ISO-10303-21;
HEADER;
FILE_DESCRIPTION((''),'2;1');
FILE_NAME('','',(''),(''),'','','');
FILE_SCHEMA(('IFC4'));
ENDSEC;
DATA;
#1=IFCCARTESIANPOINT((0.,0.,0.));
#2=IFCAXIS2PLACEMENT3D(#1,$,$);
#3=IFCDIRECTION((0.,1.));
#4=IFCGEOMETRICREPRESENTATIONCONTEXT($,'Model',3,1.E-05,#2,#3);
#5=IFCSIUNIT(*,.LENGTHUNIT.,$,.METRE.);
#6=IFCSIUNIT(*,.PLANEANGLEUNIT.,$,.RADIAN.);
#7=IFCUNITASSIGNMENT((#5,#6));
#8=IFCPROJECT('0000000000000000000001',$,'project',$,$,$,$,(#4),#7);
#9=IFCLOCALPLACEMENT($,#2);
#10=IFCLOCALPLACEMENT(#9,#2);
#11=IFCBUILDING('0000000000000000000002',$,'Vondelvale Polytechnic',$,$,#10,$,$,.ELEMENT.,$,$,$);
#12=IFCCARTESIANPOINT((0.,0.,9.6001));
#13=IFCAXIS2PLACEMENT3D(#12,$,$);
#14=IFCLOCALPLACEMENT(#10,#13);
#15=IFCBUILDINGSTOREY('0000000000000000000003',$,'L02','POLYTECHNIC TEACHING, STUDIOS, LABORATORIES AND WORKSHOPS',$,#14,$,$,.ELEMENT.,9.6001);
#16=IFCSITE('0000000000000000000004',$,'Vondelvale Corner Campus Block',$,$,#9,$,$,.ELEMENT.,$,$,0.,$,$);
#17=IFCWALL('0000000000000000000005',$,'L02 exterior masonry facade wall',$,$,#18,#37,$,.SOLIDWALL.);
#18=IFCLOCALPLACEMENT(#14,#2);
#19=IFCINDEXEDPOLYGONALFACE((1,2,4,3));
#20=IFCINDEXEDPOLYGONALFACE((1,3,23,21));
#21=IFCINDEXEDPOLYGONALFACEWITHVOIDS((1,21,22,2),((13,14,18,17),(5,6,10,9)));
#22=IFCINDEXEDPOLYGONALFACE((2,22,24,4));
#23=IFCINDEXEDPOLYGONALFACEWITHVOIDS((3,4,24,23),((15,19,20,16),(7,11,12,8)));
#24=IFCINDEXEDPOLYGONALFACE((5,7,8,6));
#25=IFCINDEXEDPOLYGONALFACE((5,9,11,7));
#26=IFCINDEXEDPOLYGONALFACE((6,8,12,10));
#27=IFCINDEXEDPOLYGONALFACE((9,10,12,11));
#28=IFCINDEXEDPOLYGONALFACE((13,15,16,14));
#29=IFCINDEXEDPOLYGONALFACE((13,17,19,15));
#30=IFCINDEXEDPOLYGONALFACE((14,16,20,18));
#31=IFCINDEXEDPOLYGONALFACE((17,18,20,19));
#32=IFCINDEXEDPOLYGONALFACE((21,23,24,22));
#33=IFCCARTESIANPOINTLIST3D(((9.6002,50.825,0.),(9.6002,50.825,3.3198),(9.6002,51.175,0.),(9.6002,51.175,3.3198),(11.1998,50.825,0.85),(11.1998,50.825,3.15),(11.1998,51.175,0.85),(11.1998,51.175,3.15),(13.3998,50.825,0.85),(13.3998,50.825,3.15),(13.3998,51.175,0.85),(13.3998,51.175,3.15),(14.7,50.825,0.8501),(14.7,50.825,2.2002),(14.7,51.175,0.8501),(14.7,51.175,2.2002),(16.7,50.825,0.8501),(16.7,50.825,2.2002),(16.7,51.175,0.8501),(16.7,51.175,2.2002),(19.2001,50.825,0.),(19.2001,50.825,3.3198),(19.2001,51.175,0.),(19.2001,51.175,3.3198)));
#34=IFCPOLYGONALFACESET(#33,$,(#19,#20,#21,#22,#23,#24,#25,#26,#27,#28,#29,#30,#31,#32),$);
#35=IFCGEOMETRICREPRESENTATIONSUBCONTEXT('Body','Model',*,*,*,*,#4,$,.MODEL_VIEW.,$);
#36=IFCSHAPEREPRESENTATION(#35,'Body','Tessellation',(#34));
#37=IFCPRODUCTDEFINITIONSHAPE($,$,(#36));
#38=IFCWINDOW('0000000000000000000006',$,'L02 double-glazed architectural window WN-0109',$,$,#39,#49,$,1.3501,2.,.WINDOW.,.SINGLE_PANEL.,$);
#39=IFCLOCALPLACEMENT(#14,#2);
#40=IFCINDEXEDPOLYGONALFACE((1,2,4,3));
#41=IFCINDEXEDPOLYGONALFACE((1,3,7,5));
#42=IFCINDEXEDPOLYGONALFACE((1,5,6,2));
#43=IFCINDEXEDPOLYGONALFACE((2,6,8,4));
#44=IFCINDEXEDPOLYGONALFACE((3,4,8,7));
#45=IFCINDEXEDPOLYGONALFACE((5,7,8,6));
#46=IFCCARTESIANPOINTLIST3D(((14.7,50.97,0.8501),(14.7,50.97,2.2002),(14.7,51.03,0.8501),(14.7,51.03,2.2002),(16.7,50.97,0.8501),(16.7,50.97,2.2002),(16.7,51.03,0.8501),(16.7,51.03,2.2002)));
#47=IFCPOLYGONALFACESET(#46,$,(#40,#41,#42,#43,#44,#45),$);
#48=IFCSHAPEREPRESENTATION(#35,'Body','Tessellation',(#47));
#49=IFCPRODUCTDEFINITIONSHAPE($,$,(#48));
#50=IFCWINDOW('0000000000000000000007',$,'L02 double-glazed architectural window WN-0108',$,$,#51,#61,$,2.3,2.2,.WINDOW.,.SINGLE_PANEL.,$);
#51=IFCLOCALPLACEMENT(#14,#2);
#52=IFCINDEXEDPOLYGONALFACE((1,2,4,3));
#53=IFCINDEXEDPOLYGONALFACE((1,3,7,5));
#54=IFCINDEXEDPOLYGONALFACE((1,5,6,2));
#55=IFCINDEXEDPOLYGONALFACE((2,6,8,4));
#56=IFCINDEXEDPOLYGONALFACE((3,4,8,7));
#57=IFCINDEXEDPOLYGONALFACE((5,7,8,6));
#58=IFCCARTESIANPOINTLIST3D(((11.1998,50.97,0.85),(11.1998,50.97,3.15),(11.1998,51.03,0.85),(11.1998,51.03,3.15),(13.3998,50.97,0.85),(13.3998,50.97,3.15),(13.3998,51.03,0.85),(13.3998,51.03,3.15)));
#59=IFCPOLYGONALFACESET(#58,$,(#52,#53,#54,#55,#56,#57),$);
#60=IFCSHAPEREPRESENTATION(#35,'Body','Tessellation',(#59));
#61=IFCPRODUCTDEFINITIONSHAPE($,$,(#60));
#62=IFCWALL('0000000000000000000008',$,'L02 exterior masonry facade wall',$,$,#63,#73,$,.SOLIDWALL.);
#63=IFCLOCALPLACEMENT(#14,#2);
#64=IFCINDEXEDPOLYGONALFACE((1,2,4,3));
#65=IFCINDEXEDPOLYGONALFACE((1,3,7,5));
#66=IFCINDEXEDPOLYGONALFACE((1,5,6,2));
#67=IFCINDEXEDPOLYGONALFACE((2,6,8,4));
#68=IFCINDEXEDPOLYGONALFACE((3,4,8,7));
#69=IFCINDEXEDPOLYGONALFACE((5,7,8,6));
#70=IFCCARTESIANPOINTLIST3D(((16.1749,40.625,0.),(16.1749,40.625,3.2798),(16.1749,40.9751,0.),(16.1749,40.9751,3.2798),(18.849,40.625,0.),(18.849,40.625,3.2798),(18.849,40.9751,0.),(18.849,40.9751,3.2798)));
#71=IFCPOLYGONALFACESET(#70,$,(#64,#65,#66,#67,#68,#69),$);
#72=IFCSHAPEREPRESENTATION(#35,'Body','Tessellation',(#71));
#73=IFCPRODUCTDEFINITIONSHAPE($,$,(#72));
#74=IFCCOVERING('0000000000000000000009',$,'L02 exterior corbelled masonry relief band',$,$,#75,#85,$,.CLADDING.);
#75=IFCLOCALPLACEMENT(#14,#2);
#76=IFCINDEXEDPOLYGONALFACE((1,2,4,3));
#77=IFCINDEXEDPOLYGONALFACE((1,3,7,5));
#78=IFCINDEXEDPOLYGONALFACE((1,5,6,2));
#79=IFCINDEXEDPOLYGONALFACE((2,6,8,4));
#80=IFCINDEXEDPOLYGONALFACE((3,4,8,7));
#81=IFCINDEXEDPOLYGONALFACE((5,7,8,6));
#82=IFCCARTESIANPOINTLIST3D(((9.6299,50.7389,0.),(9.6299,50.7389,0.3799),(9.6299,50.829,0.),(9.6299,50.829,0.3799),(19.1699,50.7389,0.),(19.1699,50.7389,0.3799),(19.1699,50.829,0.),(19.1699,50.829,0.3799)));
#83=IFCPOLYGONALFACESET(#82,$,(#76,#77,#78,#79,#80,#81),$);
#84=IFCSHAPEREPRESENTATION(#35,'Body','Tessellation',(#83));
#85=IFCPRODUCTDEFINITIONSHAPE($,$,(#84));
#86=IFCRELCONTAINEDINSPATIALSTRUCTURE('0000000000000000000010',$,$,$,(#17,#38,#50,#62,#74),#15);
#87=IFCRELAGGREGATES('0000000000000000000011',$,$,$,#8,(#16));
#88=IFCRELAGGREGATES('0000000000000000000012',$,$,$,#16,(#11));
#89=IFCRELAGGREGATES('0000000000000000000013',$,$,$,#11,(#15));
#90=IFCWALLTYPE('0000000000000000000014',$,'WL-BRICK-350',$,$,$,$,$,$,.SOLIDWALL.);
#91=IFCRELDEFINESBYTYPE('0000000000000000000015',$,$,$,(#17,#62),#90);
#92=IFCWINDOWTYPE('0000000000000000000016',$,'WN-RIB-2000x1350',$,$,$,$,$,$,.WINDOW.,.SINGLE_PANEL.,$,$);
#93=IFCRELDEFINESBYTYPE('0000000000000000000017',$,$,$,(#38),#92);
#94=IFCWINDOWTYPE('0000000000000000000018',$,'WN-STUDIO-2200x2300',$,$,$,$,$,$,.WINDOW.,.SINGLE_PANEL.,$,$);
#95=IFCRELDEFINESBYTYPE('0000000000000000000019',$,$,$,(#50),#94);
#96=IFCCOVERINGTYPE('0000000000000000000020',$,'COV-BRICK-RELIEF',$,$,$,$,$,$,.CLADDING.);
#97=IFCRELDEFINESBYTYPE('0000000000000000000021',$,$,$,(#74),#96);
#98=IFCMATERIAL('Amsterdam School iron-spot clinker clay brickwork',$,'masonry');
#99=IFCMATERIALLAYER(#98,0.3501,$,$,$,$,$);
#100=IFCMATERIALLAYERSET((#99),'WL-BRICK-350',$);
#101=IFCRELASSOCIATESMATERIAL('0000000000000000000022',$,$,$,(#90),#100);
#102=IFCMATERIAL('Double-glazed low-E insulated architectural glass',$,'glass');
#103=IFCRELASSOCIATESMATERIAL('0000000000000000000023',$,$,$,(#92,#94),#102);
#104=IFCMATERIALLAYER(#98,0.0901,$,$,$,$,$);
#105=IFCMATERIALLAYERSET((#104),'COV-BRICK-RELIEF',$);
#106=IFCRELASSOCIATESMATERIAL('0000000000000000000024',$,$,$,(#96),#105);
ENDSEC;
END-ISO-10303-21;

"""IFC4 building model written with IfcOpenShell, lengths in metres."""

from ifc_helpers import new_model, si_unit, direction, frame, frame_2d, origin, origin_2d, place, context, subcontext, project, spatial, rectangle, extrude, material, layer, layer_set, type_object, element, fill, save


model = new_model("IFC4")

# Units and contexts
model_context = context("Model", 3, precision=1e-05, world=origin(), true_north=direction((0.0, 1.0)))
body_context = subcontext(model_context, "Body", "Model", "MODEL_VIEW")
ifc_project = project(units=[si_unit("LENGTHUNIT", "METRE"), si_unit("PLANEANGLEUNIT", "RADIAN")], contexts=[model_context])

# Site, building, storey
site_placement = place(None, origin())
site = spatial("IfcSite", under=ifc_project, at=site_placement, Name="Vondelvale Corner Campus Block", CompositionType="ELEMENT", RefElevation=0.0)
building_placement = place(site_placement, origin())
building = spatial("IfcBuilding", under=site, at=building_placement, Name="Vondelvale Polytechnic", CompositionType="ELEMENT")
storey_placement = place(building_placement, frame((0.0, 0.0, 9.6001)))
storey = spatial("IfcBuildingStorey", under=building, at=storey_placement, Name="L02", Description="POLYTECHNIC TEACHING, STUDIOS, LABORATORIES AND WORKSHOPS", CompositionType="ELEMENT", Elevation=9.6001)

# Shared definitions
ifc_material_1 = material(Name="Double-glazed low-E insulated architectural glass", Category="glass")

# Wall, openings, windows
ifc_material_2 = material(Name="Amsterdam School iron-spot clinker clay brickwork", Category="masonry")
ifc_layer_1 = layer(ifc_material_2, 0.3501)
ifc_layer_set_1 = layer_set([ifc_layer_1], Name="WL-BRICK-350")
wall_type = type_object("IfcWallType", Name="WL-BRICK-350", PredefinedType="SOLIDWALL", material=ifc_layer_set_1)
wall_1_placement = place(storey_placement, frame((19.2, 51.0, 0.0), z_axis=(0.0, 0.0, 1.0), x_axis=(-1.0, 0.0, 0.0)))
wall_1 = element("IfcWall", 1, at=wall_1_placement, inside=storey, type_object=wall_type, Name="L02 exterior masonry facade wall", PredefinedType="SOLIDWALL", context=body_context, shape_type="SweptSolid", body=[
    extrude(rectangle(XDim=9.5999, YDim=0.3501, at=frame_2d((4.7998, 0.0))), origin(), (0.0, 0.0, 1.0), 3.3198),
])
opening_1_placement = place(wall_1_placement, frame((5.8, 0.0, 0.8501)))
opening_1 = element("IfcOpeningElement", 2, at=opening_1_placement, cuts=wall_1, PredefinedType="OPENING", context=body_context, shape_type="SweptSolid", body=[
    extrude(rectangle(XDim=2.2, YDim=2.3, at=frame_2d((1.1001, 1.1499))), frame((0.0, 0.1851, 0.0), z_axis=(0.0, -1.0, 0.0), x_axis=(1.0, 0.0, 0.0)), (0.0, 0.0, 1.0), 0.3701),
])
opening_2_placement = place(wall_1_placement, frame((2.5, 0.0, 0.8501)))
opening_2 = element("IfcOpeningElement", 3, at=opening_2_placement, cuts=wall_1, PredefinedType="OPENING", context=body_context, shape_type="SweptSolid", body=[
    extrude(rectangle(XDim=2.0, YDim=1.3501, at=frame_2d((1.0, 0.675))), frame((0.0, 0.1851, 0.0), z_axis=(0.0, -1.0, 0.0), x_axis=(1.0, 0.0, 0.0)), (0.0, 0.0, 1.0), 0.3701),
])
window_type_1 = type_object("IfcWindowType", Name="WN-RIB-2000x1350", PartitioningType="SINGLE_PANEL", PredefinedType="WINDOW", material=ifc_material_1)
window_1_placement = place(opening_2_placement, origin())
window_1 = element("IfcWindow", 4, at=window_1_placement, inside=storey, type_object=window_type_1, Name="L02 double-glazed architectural window WN-0109", OverallHeight=1.3501, OverallWidth=2.0, PartitioningType="SINGLE_PANEL", PredefinedType="WINDOW", context=body_context, shape_type="SweptSolid", body=[
    extrude(rectangle(XDim=2.0, YDim=1.3501, at=frame_2d((1.0, 0.675))), frame((0.0, 0.03, 0.0), z_axis=(0.0, -1.0, 0.0), x_axis=(1.0, 0.0, 0.0)), (0.0, 0.0, 1.0), 0.0601),
])
fill(opening_2, window_1)
window_type_2 = type_object("IfcWindowType", Name="WN-STUDIO-2200x2300", PartitioningType="SINGLE_PANEL", PredefinedType="WINDOW", material=ifc_material_1)
window_2_placement = place(opening_1_placement, origin())
window_2 = element("IfcWindow", 5, at=window_2_placement, inside=storey, type_object=window_type_2, Name="L02 double-glazed architectural window WN-0108", OverallHeight=2.3, OverallWidth=2.2, PartitioningType="SINGLE_PANEL", PredefinedType="WINDOW", context=body_context, shape_type="SweptSolid", body=[
    extrude(rectangle(XDim=2.2, YDim=2.3, at=frame_2d((1.1001, 1.1499))), frame((0.0, 0.03, 0.0), z_axis=(0.0, -1.0, 0.0), x_axis=(1.0, 0.0, 0.0)), (0.0, 0.0, 1.0), 0.0601),
])
fill(opening_1, window_2)

# Wall
wall_2_placement = place(storey_placement, frame((16.175, 40.8, 0.0), z_axis=(0.0, 0.0, 1.0), x_axis=(1.0, 0.0, 0.0)))
element("IfcWall", 6, at=wall_2_placement, inside=storey, type_object=wall_type, Name="L02 exterior masonry facade wall", PredefinedType="SOLIDWALL", context=body_context, shape_type="SweptSolid", body=[
    extrude(rectangle(XDim=2.6741, YDim=0.3501, at=frame_2d((1.3369, 0.0))), origin(), (0.0, 0.0, 1.0), 3.2798),
])

# Covering
ifc_layer_2 = layer(ifc_material_2, 0.0901)
ifc_layer_set_2 = layer_set([ifc_layer_2], Name="COV-BRICK-RELIEF")
covering_type = type_object("IfcCoveringType", Name="COV-BRICK-RELIEF", PredefinedType="CLADDING", material=ifc_layer_set_2)
covering_placement = place(storey_placement, frame((14.3999, 50.7839, 0.0), z_axis=(0.0, 0.0, 1.0), x_axis=(-1.0, 0.0, 0.0)))
element("IfcCovering", 7, at=covering_placement, inside=storey, type_object=covering_type, Name="L02 exterior corbelled masonry relief band", PredefinedType="CLADDING", context=body_context, shape_type="SweptSolid", body=[
    extrude(rectangle(XDim=9.54, YDim=0.0901, at=origin_2d()), origin(), (0.0, 0.0, 1.0), 0.3799),
])

save(model, "model.ifc")
